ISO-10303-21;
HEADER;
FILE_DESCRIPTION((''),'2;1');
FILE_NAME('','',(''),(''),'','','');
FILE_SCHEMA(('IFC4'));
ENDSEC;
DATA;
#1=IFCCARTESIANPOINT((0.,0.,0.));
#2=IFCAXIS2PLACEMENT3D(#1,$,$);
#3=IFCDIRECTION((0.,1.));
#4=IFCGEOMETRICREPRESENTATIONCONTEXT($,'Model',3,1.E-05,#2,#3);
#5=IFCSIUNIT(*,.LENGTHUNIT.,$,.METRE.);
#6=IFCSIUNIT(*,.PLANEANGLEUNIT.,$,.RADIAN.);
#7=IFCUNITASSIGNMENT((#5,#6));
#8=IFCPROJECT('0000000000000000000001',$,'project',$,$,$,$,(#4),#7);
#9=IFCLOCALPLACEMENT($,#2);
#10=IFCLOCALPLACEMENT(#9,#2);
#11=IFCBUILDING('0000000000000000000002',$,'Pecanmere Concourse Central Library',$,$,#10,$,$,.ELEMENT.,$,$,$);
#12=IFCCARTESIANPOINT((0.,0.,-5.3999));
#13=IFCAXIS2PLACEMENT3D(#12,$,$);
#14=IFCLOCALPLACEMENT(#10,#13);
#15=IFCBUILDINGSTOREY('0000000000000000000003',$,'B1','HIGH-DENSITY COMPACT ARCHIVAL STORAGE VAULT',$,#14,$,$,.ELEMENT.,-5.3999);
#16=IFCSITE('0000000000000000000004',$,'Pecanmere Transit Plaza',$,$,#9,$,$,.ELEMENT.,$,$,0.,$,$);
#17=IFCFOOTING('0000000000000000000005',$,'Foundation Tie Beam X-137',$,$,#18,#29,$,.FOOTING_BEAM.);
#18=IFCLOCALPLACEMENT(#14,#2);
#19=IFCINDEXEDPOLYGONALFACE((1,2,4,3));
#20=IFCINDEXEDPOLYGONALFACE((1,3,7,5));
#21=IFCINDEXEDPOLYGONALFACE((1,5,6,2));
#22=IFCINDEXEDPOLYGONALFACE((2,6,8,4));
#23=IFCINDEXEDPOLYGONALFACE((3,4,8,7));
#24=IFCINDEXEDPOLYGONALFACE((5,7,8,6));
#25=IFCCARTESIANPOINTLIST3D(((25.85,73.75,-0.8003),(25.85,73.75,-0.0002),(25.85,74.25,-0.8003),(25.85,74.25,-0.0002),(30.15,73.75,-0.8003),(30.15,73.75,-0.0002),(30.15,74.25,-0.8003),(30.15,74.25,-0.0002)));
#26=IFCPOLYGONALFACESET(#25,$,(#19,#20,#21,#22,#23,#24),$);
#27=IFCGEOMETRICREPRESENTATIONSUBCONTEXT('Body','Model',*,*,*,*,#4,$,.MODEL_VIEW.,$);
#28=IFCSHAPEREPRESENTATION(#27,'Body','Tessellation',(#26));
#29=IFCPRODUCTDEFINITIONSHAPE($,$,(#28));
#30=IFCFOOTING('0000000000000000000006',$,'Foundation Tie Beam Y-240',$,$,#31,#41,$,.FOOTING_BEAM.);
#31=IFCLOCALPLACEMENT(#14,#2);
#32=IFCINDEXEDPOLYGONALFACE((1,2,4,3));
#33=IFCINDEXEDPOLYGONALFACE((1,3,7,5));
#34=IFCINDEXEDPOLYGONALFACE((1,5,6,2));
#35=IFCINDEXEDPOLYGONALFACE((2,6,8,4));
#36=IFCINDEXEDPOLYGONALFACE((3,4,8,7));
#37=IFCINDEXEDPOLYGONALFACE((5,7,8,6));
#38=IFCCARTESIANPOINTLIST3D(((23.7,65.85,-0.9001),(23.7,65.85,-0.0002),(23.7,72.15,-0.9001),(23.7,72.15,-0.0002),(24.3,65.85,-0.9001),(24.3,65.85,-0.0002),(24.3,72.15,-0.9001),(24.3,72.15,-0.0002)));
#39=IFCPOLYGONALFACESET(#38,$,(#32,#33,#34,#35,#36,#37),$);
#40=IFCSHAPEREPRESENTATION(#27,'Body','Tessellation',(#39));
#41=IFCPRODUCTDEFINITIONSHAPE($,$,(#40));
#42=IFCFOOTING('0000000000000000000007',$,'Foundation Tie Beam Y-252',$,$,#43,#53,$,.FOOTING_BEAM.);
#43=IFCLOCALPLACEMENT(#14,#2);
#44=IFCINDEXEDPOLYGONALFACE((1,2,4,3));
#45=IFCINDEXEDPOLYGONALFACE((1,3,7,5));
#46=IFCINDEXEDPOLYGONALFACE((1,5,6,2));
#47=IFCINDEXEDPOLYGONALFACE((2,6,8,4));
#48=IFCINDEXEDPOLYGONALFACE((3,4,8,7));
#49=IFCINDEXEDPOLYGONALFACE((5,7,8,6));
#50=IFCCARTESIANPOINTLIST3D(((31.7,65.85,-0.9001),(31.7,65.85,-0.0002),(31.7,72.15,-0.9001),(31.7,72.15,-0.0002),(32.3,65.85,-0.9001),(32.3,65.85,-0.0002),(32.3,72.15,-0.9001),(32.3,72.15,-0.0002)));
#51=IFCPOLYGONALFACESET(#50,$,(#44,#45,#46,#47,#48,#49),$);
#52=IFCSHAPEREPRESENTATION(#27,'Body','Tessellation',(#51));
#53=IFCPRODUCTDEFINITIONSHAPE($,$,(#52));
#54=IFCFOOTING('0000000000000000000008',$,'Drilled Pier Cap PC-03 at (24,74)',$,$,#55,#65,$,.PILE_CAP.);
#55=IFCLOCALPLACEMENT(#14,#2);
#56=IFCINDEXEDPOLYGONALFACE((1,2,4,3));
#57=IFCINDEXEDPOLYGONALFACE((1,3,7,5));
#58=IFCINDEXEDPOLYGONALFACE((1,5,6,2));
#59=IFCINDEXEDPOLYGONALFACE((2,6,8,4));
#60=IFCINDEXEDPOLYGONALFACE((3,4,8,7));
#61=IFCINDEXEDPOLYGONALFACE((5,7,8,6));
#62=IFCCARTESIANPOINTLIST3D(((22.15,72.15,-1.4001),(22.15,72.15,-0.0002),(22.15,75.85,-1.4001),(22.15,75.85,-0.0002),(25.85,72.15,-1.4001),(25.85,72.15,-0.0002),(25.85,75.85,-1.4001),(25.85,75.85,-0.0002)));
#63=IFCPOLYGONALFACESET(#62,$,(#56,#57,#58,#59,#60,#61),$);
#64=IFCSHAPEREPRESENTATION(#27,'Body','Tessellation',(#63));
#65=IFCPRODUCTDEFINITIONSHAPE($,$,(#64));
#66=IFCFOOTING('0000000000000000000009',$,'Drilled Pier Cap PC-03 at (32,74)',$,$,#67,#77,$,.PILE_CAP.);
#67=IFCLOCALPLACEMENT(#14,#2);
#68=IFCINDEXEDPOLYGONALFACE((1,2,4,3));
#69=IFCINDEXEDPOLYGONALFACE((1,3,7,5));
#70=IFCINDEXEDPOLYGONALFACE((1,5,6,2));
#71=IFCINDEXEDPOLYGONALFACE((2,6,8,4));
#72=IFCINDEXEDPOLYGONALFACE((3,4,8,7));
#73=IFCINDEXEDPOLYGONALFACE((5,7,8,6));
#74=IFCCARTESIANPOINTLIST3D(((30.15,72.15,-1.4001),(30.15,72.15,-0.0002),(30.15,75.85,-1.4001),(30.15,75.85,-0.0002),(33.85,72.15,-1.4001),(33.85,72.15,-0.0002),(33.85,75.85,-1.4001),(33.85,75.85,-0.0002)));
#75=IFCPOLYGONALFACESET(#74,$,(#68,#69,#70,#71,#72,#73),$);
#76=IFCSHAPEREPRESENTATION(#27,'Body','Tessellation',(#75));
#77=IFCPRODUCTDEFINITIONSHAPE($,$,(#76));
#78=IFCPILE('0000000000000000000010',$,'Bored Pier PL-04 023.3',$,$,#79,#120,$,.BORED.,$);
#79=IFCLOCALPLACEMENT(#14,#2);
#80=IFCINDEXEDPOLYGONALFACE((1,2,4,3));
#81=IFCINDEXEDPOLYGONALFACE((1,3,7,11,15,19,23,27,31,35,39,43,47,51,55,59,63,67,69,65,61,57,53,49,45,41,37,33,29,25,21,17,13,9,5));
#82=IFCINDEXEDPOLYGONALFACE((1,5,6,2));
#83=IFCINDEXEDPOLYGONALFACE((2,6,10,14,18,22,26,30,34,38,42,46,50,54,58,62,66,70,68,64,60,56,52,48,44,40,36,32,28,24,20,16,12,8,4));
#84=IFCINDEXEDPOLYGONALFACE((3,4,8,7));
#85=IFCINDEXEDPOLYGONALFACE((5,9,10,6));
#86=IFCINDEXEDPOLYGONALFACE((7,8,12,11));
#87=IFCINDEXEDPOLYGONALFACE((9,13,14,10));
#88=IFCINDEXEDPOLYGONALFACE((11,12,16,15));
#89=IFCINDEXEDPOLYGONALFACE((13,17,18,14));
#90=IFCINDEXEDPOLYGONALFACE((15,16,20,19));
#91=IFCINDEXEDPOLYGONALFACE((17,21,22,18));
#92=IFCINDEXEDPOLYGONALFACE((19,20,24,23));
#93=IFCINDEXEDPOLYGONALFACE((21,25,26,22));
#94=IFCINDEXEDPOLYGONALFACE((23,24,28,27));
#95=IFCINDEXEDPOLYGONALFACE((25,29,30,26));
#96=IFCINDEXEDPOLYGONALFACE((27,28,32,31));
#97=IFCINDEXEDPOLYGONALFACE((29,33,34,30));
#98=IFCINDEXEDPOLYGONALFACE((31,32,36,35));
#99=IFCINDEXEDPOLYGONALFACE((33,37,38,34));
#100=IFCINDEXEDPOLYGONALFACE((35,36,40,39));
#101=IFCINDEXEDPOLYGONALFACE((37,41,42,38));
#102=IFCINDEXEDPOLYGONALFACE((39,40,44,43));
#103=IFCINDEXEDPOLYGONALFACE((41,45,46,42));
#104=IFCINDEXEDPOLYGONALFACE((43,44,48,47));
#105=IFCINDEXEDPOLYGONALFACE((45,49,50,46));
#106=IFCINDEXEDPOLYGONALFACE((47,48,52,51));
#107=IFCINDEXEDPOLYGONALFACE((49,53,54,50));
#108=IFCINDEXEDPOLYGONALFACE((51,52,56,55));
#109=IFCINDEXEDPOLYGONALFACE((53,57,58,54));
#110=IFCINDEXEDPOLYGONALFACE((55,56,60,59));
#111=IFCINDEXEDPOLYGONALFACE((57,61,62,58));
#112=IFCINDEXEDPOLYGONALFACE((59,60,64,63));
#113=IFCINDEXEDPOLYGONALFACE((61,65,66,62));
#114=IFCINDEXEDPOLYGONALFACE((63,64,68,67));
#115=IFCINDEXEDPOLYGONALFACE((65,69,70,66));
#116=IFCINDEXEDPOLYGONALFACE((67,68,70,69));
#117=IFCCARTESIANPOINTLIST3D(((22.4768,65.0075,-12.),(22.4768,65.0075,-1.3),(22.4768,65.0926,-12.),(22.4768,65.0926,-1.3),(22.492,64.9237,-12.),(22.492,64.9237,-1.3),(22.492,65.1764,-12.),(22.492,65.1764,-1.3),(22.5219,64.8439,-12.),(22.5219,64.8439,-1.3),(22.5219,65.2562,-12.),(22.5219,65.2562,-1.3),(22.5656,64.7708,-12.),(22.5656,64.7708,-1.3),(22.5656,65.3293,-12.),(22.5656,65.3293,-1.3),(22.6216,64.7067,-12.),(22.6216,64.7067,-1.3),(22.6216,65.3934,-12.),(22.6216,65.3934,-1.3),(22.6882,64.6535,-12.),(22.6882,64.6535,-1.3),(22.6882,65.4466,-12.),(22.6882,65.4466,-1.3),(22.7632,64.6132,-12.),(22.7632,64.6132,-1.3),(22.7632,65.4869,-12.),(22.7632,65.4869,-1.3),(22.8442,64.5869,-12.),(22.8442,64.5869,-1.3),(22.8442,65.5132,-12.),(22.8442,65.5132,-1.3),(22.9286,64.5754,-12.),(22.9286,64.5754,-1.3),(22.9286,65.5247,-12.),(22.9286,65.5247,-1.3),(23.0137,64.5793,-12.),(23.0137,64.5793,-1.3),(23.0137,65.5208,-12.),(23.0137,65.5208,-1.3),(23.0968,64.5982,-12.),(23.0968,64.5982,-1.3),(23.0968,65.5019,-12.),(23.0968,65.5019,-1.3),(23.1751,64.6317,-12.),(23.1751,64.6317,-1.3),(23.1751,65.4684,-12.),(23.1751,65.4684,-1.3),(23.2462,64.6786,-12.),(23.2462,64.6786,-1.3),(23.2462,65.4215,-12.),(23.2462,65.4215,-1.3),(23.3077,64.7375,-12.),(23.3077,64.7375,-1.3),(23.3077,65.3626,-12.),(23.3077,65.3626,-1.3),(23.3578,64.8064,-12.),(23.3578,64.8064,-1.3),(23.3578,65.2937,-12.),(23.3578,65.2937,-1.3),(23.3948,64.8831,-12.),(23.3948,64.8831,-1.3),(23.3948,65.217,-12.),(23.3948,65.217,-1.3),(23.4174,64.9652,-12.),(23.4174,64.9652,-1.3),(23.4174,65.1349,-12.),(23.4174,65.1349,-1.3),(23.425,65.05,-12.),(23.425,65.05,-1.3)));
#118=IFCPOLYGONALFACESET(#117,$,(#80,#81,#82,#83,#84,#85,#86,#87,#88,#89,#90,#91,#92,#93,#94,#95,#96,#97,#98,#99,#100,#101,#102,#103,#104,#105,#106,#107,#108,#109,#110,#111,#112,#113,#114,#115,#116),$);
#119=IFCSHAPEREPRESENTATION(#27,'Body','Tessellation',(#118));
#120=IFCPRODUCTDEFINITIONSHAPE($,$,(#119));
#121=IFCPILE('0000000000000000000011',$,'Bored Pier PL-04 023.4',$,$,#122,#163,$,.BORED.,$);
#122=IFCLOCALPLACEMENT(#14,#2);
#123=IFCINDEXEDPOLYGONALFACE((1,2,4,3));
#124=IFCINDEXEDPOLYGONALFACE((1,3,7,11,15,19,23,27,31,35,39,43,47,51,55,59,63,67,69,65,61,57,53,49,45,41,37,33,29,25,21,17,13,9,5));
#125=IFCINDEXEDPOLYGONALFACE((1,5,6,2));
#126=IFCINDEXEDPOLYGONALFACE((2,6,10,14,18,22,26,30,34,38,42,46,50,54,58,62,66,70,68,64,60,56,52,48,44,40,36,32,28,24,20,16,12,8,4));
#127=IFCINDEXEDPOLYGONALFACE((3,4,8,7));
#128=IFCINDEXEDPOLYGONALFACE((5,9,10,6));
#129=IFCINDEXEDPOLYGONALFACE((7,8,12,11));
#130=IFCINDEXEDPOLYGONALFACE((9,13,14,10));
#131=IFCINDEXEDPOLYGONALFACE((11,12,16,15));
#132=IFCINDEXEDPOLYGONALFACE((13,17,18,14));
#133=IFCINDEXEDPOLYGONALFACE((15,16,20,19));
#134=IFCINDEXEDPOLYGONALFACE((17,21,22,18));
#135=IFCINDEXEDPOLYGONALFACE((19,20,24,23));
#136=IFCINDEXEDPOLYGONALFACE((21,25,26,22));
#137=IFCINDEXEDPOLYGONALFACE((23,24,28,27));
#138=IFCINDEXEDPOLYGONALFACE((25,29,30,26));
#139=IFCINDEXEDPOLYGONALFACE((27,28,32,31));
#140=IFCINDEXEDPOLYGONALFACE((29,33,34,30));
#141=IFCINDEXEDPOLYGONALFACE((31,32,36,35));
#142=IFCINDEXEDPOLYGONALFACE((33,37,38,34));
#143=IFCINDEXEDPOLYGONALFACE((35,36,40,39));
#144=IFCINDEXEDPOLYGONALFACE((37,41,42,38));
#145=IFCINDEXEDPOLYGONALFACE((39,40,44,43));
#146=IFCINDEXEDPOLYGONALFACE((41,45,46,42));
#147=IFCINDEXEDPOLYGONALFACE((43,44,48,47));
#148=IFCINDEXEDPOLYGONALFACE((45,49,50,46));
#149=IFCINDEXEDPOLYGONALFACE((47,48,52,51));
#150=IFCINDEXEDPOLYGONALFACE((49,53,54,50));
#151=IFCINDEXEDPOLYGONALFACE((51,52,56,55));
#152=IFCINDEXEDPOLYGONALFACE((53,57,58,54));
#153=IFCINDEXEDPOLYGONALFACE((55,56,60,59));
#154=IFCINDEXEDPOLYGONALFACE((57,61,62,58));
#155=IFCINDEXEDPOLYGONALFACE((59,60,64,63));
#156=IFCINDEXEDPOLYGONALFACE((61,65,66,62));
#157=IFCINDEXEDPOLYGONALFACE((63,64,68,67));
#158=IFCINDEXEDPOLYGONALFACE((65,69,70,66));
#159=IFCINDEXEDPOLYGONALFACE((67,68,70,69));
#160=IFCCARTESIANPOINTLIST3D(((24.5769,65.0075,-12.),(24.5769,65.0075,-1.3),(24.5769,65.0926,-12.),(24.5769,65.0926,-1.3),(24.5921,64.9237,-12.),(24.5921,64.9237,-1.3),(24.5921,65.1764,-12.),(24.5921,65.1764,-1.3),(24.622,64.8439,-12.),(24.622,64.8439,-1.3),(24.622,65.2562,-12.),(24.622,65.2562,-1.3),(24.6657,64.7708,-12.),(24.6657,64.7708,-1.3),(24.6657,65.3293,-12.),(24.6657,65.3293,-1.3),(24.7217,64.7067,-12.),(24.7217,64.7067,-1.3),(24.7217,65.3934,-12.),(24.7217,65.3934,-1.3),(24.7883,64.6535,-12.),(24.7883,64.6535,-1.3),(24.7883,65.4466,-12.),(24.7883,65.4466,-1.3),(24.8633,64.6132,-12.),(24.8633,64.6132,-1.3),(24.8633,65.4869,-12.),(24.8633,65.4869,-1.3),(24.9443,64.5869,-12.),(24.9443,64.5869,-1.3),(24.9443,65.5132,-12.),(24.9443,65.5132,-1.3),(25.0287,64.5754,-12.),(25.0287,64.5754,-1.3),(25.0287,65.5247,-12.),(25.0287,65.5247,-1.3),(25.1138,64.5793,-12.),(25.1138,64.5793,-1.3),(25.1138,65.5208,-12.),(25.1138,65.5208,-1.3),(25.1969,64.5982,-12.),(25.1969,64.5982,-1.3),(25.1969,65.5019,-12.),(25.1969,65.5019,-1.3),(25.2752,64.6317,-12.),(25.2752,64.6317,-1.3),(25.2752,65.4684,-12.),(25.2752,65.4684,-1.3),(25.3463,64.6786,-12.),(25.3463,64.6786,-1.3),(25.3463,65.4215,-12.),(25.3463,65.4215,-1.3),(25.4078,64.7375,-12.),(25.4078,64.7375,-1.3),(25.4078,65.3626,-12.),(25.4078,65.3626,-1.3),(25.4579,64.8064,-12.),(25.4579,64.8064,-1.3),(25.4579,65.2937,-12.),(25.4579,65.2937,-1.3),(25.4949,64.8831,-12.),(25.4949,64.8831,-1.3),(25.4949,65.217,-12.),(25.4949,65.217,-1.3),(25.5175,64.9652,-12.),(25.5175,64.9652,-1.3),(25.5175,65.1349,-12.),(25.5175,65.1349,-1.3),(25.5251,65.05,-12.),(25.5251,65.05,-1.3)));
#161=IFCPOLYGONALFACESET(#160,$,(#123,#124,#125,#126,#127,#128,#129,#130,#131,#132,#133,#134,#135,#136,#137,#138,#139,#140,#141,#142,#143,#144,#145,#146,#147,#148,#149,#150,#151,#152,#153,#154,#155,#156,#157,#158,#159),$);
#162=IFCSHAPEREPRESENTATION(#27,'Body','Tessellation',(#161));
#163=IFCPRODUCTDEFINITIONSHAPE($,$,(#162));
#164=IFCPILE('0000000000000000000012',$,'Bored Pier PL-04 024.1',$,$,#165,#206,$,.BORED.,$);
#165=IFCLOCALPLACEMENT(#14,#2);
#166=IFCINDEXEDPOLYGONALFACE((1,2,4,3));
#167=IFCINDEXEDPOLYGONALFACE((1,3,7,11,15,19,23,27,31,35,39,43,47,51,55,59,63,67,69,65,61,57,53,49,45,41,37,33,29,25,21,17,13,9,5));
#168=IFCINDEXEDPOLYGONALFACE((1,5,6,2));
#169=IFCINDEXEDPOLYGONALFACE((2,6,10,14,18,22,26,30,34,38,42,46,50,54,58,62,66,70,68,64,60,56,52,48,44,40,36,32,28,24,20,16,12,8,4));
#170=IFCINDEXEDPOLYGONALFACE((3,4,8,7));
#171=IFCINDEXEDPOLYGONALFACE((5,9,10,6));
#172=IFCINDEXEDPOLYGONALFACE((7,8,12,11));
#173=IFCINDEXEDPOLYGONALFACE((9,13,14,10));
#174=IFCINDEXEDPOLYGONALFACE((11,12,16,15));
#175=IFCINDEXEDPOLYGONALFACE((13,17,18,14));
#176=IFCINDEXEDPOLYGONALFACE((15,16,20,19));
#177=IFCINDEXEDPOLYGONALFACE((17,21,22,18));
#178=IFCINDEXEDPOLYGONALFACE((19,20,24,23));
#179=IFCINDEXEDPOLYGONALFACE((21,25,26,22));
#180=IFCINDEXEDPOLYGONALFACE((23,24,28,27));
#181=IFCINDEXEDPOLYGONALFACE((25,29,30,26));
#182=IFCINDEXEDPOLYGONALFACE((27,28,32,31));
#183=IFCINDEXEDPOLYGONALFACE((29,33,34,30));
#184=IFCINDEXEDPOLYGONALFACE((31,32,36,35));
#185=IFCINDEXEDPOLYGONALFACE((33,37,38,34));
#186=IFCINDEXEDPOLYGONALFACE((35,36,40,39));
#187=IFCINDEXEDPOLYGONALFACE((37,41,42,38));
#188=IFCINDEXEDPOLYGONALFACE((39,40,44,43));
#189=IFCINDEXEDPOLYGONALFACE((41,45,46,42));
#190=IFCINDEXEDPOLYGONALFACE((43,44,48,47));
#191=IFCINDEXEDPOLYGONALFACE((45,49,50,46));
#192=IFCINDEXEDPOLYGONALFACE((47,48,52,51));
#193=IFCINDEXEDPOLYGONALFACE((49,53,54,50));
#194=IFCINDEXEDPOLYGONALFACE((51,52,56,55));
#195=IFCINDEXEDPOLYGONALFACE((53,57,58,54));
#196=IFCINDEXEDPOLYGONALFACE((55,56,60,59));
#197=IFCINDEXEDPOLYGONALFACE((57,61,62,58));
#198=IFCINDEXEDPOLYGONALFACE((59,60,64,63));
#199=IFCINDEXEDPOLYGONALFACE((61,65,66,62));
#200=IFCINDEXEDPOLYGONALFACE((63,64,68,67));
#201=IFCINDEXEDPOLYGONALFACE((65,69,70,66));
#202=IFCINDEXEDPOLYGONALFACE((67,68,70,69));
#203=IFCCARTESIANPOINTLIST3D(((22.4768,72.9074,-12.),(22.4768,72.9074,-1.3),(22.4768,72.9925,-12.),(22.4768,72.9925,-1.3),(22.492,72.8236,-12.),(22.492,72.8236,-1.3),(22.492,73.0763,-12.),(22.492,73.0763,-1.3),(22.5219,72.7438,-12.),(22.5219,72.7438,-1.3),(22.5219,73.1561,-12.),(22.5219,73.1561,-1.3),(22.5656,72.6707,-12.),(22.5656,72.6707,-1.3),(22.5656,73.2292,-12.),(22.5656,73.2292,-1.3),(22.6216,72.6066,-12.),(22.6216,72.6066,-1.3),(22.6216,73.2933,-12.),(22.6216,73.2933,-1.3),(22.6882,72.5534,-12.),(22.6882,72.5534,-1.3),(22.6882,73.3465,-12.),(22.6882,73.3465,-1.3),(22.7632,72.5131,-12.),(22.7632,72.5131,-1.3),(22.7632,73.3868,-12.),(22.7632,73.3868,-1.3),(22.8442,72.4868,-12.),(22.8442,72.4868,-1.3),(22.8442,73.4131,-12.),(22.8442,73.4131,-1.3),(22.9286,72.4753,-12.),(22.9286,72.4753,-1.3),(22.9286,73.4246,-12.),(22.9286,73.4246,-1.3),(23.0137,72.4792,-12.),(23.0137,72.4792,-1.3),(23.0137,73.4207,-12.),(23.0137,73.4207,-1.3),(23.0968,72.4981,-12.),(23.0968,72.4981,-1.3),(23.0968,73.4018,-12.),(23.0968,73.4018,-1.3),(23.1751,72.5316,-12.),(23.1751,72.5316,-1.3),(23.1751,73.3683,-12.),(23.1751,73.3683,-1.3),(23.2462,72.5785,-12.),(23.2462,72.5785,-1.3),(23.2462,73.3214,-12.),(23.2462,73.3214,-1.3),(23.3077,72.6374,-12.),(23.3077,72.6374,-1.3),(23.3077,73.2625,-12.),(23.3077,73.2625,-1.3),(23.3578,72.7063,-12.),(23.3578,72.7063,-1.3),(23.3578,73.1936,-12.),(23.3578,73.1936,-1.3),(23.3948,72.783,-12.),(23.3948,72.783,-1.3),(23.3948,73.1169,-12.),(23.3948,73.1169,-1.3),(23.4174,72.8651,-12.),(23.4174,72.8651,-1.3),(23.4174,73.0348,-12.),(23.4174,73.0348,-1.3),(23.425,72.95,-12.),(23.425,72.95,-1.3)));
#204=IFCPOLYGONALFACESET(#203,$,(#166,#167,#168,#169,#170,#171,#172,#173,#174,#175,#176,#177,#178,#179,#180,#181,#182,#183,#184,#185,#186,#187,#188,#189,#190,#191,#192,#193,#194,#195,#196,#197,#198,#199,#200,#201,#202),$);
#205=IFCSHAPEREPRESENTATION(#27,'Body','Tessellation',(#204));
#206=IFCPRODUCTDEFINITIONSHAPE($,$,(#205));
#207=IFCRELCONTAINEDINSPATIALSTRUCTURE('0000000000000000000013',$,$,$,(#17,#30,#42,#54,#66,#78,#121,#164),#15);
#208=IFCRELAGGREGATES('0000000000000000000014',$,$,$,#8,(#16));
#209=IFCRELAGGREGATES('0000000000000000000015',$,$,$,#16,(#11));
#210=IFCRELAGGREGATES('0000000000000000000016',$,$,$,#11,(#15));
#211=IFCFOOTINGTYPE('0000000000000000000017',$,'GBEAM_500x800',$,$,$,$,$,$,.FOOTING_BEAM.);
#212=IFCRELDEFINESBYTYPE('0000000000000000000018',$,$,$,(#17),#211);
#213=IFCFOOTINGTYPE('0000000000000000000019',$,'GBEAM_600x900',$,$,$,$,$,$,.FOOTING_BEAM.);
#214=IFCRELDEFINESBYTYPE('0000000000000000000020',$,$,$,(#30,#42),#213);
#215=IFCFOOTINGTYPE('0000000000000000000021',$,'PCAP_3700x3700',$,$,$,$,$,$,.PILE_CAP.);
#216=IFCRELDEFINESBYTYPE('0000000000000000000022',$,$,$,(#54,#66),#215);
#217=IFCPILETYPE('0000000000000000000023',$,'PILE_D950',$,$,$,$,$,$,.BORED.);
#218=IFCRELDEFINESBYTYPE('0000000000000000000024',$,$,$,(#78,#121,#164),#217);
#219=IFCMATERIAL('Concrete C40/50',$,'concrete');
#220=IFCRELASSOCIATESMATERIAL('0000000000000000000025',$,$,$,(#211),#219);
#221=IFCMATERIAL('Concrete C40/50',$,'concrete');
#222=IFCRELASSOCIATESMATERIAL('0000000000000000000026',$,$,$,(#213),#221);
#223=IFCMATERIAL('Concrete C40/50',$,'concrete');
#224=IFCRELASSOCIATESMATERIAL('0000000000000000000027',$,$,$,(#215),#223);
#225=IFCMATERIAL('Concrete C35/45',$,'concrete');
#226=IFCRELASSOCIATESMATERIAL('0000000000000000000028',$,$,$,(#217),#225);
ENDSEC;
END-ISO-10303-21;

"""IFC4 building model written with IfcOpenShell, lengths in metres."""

from ifc_helpers import new_model, si_unit, direction, frame, origin, origin_2d, place, context, subcontext, project, spatial, rectangle, circle, extrude, material, material_profile, profile_set, type_object, element, save


model = new_model("IFC4")

# Units and contexts
model_context = context("Model", 3, precision=1e-05, world=origin(), true_north=direction((0.0, 1.0)))
body_context = subcontext(model_context, "Body", "Model", "MODEL_VIEW")
ifc_project = project(units=[si_unit("LENGTHUNIT", "METRE"), si_unit("PLANEANGLEUNIT", "RADIAN")], contexts=[model_context])

# Site, building, storey
site_placement = place(None, origin())
site = spatial("IfcSite", under=ifc_project, at=site_placement, Name="Pecanmere Transit Plaza", CompositionType="ELEMENT", RefElevation=0.0)
building_placement = place(site_placement, origin())
building = spatial("IfcBuilding", under=site, at=building_placement, Name="Pecanmere Concourse Central Library", CompositionType="ELEMENT")
storey_placement = place(building_placement, frame((0.0, 0.0, -5.3999)))
storey = spatial("IfcBuildingStorey", under=building, at=storey_placement, Name="B1", Description="HIGH-DENSITY COMPACT ARCHIVAL STORAGE VAULT", CompositionType="ELEMENT", Elevation=-5.3999)

# Footings
ifc_material_1 = material(Name="Concrete C40/50", Category="concrete")
ifc_material_profile_1 = material_profile(ifc_material_1, rectangle(XDim=0.5, YDim=0.8, at=origin_2d()), Name="RC 500x800")
ifc_profile_set_1 = profile_set([ifc_material_profile_1], Name="Concrete C40/50")
footing_type_1 = type_object("IfcFootingType", Name="GBEAM_500x800", PredefinedType="FOOTING_BEAM", material=ifc_profile_set_1)
footing_placement = place(storey_placement, frame((28.0, 74.0, -0.8003), z_axis=(0.0, 0.0, 1.0), x_axis=(1.0, 0.0, 0.0)))
element("IfcFooting", 1, at=footing_placement, inside=storey, type_object=footing_type_1, Name="Foundation Tie Beam X-137", PredefinedType="FOOTING_BEAM", context=body_context, shape_type="SweptSolid", body=[
    extrude(rectangle(XDim=4.3, YDim=0.5, at=origin_2d()), origin(), (0.0, 0.0, 1.0), 0.8),
])
ifc_material_2 = material(Name="Concrete C40/50", Category="concrete")
ifc_material_profile_2 = material_profile(ifc_material_2, rectangle(XDim=0.6001, YDim=0.8999, at=origin_2d()), Name="RC 600x900")
ifc_profile_set_2 = profile_set([ifc_material_profile_2], Name="Concrete C40/50")
footing_type_2 = type_object("IfcFootingType", Name="GBEAM_600x900", PredefinedType="FOOTING_BEAM", material=ifc_profile_set_2)
for number, where, z_axis, x_axis, name in (
    (2, (24.0, 69.0, -0.9001), (0.0, 0.0, 1.0), (0.0, 1.0, 0.0), "Foundation Tie Beam Y-240"),
    (3, (32.0, 69.0, -0.9001), (0.0, 0.0, 1.0), (0.0, 1.0, 0.0), "Foundation Tie Beam Y-252"),
):
    element("IfcFooting", number, at=place(storey_placement, frame(where, z_axis=z_axis, x_axis=x_axis)), inside=storey, type_object=footing_type_2, Name=name, PredefinedType="FOOTING_BEAM", context=body_context, shape_type="SweptSolid", body=[
        extrude(rectangle(XDim=6.3, YDim=0.6001, at=origin_2d()), origin(), (0.0, 0.0, 1.0), 0.8999),
    ])
ifc_material_3 = material(Name="Concrete C40/50", Category="concrete")
footing_type_3 = type_object("IfcFootingType", Name="PCAP_3700x3700", PredefinedType="PILE_CAP", material=ifc_material_3)
for number, where, z_axis, x_axis, name in (
    (4, (24.0, 74.0, -1.4001), (0.0, 0.0, 1.0), (1.0, 0.0, 0.0), "Drilled Pier Cap PC-03 at (24,74)"),
    (5, (32.0, 74.0, -1.4001), (0.0, 0.0, 1.0), (1.0, 0.0, 0.0), "Drilled Pier Cap PC-03 at (32,74)"),
):
    element("IfcFooting", number, at=place(storey_placement, frame(where, z_axis=z_axis, x_axis=x_axis)), inside=storey, type_object=footing_type_3, Name=name, PredefinedType="PILE_CAP", context=body_context, shape_type="SweptSolid", body=[
        extrude(rectangle(XDim=3.7, YDim=3.7, at=origin_2d()), origin(), (0.0, 0.0, 1.0), 1.3999),
    ])

# Piles
ifc_material_4 = material(Name="Concrete C35/45", Category="concrete")
ifc_material_profile_3 = material_profile(ifc_material_4, circle(Radius=0.4751, at=origin_2d()), Name="PIER D950")
ifc_profile_set_3 = profile_set([ifc_material_profile_3], Name="Concrete C35/45")
pile_type = type_object("IfcPileType", Name="PILE_D950", PredefinedType="BORED", material=ifc_profile_set_3)
for number, where, z_axis, x_axis, name in (
    (6, (22.95, 65.05, -1.3), (0.0, 0.0, -1.0), (1.0, 0.0, 0.0), "Bored Pier PL-04 023.3"),
    (7, (25.05, 65.05, -1.3), (0.0, 0.0, -1.0), (1.0, 0.0, 0.0), "Bored Pier PL-04 023.4"),
    (8, (22.95, 72.95, -1.3), (0.0, 0.0, -1.0), (1.0, 0.0, 0.0), "Bored Pier PL-04 024.1"),
):
    element("IfcPile", number, at=place(storey_placement, frame(where, z_axis=z_axis, x_axis=x_axis)), inside=storey, type_object=pile_type, Name=name, PredefinedType="BORED", context=body_context, shape_type="SweptSolid", body=[
        extrude(circle(Radius=0.4751, at=origin_2d()), origin(), (0.0, 0.0, 1.0), 10.7),
    ])

save(model, "model.ifc")
